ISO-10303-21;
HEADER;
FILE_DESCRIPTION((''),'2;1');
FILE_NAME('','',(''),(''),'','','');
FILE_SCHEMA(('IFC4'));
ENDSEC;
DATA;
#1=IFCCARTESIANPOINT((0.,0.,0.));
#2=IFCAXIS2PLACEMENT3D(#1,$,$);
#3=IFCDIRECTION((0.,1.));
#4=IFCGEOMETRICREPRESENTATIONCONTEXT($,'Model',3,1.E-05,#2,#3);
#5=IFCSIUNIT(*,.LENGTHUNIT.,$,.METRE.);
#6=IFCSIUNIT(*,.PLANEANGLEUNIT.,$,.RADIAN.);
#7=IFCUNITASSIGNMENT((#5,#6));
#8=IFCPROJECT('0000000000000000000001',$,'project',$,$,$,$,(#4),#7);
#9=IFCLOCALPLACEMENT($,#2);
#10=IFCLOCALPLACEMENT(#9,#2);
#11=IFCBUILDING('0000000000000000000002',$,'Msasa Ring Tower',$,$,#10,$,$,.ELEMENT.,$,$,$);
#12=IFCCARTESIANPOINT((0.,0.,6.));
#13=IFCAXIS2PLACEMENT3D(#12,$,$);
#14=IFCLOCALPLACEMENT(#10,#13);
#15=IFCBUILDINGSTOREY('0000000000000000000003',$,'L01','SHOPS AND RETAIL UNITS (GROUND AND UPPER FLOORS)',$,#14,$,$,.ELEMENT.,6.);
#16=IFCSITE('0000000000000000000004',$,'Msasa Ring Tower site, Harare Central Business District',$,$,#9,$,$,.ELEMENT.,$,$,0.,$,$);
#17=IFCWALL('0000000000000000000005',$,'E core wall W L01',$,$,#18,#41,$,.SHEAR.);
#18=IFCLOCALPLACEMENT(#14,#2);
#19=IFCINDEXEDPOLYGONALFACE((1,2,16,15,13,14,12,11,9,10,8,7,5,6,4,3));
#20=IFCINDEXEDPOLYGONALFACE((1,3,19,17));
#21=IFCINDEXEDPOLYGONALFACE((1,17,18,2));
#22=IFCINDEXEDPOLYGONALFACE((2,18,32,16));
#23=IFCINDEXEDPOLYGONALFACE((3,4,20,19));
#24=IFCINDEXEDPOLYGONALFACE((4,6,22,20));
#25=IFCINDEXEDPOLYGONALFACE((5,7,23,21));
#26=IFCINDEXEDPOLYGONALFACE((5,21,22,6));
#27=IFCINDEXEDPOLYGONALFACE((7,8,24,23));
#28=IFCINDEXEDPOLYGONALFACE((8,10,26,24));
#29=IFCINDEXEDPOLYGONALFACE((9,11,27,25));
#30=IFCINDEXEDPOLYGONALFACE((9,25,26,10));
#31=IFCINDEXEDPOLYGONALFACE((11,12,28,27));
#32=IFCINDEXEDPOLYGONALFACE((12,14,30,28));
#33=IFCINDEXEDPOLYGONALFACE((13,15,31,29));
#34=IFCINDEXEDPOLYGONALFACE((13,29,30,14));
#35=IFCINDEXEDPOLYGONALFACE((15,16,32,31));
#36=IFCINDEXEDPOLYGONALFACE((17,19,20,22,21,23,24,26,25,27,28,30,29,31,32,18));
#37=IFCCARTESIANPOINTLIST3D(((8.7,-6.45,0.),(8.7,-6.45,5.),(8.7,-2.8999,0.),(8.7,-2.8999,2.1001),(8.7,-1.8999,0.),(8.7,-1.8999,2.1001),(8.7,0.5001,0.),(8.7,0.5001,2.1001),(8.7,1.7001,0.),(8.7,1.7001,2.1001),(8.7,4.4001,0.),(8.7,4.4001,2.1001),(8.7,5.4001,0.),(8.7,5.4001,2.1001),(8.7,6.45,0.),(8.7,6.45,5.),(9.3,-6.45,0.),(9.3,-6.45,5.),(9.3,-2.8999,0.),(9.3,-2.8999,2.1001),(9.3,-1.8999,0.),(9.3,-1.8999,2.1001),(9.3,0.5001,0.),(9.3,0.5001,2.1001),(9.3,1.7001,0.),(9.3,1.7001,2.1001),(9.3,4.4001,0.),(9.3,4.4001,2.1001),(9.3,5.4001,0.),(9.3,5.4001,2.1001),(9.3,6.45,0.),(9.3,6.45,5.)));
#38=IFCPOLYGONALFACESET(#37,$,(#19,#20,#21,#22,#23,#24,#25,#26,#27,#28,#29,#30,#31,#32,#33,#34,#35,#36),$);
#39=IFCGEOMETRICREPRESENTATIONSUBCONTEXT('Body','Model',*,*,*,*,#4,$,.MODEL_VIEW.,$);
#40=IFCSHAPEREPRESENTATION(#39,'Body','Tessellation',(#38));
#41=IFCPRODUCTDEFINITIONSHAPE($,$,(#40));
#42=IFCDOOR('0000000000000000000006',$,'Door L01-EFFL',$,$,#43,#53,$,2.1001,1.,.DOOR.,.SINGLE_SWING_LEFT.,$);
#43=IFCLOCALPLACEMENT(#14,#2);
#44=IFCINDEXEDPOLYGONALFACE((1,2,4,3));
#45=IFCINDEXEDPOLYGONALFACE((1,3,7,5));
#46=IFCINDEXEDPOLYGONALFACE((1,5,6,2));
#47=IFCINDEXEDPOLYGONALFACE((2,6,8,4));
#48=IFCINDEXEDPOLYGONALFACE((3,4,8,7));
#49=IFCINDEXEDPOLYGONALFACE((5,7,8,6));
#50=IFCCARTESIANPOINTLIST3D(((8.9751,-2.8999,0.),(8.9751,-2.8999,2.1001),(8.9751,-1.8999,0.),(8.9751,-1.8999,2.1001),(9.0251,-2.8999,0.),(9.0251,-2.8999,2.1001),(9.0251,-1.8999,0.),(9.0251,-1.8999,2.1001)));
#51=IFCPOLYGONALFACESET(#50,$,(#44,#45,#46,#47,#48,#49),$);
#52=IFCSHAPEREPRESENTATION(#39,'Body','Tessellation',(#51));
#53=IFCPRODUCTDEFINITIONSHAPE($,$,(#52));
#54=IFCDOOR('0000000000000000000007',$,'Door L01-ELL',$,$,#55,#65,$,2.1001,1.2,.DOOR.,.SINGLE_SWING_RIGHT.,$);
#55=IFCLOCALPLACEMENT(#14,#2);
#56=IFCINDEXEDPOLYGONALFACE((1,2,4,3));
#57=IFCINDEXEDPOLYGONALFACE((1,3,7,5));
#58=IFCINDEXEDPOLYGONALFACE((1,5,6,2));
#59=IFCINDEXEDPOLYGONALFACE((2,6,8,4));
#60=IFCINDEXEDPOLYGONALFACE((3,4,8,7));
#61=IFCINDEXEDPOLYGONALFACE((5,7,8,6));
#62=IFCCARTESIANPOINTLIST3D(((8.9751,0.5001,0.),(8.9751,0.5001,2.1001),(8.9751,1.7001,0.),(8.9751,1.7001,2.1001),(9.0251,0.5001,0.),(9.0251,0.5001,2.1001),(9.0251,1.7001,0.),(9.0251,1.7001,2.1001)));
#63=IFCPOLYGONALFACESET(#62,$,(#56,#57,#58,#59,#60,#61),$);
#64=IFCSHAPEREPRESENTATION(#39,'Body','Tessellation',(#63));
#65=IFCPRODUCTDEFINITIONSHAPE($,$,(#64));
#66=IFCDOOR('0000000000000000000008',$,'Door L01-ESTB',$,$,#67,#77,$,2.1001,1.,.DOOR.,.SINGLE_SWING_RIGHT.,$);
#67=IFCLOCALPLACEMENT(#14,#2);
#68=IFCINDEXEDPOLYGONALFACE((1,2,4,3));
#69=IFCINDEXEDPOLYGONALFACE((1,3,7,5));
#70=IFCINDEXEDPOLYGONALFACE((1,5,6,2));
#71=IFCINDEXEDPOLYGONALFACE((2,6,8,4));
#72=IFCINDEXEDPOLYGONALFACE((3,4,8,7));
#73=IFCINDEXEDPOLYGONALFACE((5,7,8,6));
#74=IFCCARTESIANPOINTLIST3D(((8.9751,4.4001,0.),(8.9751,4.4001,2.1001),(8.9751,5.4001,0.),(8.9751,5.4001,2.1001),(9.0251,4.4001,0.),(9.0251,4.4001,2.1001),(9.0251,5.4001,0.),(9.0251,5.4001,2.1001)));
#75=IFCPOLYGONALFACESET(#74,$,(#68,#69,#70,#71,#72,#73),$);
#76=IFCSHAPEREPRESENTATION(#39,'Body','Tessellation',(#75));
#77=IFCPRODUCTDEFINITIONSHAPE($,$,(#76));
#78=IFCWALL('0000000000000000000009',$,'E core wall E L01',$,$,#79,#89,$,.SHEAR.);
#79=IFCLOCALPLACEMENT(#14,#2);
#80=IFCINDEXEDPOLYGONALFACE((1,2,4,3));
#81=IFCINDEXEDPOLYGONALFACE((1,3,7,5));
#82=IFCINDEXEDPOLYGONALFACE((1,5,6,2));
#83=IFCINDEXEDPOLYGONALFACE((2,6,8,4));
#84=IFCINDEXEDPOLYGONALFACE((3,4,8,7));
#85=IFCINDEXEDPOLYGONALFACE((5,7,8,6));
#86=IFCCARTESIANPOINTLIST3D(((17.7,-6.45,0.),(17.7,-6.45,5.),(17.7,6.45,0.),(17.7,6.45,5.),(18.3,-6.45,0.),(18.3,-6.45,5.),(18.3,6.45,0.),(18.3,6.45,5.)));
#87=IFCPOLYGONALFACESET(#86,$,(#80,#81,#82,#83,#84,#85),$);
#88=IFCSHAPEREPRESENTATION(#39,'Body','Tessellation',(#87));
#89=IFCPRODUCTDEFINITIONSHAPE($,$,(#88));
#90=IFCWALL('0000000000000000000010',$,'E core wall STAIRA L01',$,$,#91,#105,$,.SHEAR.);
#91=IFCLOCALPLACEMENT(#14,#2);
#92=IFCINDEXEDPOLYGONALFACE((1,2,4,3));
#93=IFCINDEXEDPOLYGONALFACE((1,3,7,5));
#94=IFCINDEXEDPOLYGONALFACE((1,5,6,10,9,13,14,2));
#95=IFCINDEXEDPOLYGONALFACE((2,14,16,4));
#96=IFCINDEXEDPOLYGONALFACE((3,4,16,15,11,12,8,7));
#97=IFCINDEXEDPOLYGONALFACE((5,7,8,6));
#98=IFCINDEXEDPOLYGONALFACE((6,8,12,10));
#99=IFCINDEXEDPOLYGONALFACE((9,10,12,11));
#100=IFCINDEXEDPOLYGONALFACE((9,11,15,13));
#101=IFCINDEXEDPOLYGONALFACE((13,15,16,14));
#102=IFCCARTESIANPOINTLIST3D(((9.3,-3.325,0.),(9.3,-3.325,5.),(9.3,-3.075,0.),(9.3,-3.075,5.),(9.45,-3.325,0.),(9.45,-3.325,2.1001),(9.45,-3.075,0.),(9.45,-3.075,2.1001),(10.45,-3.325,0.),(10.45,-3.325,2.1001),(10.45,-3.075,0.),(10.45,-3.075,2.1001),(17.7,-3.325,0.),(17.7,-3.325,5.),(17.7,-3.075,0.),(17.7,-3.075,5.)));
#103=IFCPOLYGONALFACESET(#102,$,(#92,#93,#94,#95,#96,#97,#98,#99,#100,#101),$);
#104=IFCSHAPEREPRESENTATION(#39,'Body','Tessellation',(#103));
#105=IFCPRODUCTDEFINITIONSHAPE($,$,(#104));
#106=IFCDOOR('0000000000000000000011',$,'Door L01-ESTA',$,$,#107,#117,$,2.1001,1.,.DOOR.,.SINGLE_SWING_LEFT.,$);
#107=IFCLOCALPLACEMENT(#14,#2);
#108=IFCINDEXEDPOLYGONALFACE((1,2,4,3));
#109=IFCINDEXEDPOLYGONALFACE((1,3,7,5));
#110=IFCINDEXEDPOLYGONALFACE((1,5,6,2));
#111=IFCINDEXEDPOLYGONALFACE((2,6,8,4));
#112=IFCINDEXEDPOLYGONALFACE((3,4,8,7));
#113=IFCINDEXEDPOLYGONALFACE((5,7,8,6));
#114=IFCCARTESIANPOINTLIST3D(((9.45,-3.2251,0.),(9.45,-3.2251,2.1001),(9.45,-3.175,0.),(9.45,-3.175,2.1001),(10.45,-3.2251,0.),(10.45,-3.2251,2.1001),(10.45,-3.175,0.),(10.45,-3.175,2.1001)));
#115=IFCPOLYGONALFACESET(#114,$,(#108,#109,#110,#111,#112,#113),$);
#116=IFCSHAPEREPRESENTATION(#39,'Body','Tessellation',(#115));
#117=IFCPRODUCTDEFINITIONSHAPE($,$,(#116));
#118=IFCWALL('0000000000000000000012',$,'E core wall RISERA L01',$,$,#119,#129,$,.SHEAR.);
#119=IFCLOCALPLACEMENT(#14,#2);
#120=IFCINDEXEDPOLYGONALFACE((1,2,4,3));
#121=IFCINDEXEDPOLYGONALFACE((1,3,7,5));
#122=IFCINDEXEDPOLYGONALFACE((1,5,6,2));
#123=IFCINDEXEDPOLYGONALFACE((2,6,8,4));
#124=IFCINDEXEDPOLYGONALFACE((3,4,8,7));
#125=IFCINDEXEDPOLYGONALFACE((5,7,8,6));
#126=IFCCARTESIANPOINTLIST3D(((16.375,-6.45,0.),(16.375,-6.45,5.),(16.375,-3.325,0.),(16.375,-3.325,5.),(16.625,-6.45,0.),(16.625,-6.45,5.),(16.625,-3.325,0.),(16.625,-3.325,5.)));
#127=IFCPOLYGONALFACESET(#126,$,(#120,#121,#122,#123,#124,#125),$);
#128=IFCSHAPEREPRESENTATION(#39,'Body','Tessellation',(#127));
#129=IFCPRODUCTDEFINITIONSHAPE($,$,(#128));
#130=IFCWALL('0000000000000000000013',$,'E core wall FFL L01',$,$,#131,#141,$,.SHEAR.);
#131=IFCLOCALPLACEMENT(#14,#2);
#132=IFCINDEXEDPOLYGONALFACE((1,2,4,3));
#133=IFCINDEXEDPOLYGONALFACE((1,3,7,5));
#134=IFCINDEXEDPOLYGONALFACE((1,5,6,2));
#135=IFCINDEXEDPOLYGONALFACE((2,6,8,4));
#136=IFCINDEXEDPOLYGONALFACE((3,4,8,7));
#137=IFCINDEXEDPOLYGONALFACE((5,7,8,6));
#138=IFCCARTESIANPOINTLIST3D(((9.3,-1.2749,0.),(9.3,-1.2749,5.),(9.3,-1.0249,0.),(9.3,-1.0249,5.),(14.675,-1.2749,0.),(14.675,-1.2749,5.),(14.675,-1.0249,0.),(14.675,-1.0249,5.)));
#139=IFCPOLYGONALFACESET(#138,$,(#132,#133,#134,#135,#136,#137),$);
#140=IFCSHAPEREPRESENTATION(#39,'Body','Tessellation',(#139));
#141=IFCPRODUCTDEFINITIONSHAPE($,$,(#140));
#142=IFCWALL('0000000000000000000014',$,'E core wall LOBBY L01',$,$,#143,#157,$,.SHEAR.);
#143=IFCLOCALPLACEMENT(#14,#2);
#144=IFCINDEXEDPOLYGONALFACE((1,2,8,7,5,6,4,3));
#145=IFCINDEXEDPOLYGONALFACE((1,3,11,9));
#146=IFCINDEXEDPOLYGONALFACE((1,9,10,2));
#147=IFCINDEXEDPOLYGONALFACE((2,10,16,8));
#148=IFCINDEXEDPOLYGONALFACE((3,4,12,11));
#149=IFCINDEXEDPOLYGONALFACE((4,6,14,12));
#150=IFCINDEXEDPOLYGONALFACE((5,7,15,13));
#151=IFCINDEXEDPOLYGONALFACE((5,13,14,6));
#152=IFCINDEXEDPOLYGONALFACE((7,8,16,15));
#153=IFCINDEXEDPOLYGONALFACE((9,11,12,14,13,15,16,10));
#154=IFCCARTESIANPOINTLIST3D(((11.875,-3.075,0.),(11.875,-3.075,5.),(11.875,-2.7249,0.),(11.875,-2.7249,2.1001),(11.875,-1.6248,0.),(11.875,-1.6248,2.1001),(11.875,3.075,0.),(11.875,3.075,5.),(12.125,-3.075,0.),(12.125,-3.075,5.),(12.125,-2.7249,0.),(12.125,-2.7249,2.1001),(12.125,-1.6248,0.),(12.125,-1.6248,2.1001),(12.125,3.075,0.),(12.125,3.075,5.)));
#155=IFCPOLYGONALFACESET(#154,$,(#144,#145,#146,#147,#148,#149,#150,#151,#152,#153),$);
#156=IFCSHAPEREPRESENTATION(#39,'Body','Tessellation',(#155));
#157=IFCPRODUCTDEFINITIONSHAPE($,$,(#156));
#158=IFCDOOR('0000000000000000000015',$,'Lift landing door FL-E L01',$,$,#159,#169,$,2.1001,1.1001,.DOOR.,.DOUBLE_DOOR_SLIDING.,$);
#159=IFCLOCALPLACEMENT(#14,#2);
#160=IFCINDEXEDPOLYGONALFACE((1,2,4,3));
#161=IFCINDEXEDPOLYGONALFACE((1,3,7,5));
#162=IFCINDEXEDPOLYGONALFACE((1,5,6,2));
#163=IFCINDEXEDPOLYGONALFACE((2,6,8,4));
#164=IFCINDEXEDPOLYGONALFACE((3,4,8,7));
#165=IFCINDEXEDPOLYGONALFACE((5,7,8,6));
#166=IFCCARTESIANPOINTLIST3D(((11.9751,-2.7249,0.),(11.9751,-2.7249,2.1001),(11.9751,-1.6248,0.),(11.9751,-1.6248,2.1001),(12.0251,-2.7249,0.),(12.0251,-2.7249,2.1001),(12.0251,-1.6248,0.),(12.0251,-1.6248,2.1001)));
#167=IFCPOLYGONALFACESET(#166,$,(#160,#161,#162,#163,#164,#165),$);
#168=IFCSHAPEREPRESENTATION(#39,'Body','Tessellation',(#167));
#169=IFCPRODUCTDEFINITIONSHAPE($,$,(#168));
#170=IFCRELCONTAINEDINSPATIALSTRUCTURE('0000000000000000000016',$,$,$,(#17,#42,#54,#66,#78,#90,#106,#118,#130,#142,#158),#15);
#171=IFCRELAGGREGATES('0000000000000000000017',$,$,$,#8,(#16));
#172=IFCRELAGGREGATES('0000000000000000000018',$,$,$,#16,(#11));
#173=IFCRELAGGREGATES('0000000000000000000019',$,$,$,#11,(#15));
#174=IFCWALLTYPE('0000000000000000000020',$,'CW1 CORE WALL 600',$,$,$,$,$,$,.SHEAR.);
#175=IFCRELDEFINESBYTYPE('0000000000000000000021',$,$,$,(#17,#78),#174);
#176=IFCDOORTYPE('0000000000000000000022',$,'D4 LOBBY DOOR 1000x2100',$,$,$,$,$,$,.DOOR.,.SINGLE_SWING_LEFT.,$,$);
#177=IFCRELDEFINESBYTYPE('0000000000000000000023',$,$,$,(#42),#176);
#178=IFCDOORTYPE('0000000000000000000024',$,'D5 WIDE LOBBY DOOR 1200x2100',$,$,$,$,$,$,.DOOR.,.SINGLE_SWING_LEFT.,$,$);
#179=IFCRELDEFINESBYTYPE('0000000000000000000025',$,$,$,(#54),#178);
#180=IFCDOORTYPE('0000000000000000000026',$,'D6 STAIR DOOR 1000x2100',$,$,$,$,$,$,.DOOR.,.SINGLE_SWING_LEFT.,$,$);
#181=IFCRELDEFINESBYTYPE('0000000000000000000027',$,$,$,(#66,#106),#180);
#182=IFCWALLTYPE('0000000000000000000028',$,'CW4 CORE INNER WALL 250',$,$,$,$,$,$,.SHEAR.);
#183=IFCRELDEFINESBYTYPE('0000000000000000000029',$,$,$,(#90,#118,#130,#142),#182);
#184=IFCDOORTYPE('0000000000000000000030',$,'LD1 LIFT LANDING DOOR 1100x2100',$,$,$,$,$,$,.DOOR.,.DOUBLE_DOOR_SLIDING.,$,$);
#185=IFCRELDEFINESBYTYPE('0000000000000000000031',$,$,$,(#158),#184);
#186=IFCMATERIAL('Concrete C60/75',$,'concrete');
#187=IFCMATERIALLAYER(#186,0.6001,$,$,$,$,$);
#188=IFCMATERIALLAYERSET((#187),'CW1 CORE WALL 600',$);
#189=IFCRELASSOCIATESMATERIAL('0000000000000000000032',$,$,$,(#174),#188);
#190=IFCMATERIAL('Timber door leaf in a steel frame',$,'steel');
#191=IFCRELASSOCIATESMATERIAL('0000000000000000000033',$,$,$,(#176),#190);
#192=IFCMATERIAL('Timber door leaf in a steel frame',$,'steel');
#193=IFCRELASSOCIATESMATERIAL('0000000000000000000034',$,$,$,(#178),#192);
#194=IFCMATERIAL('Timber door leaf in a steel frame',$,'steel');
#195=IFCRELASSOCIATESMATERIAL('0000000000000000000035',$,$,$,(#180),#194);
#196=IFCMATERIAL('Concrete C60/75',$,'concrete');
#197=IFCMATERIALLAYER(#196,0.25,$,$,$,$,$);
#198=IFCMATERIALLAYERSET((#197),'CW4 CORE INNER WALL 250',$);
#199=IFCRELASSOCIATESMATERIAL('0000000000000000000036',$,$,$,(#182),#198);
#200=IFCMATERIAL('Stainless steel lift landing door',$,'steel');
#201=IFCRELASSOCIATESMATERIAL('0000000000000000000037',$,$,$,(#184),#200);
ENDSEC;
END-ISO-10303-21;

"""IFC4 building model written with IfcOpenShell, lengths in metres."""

from ifc_helpers import new_model, si_unit, direction, frame, frame_2d, origin, place, context, subcontext, project, spatial, rectangle, extrude, material, layer, layer_set, type_object, element, fill, save


model = new_model("IFC4")

# Units and contexts
model_context = context("Model", 3, precision=1e-05, world=origin(), true_north=direction((0.0, 1.0)))
body_context = subcontext(model_context, "Body", "Model", "MODEL_VIEW")
ifc_project = project(units=[si_unit("LENGTHUNIT", "METRE"), si_unit("PLANEANGLEUNIT", "RADIAN")], contexts=[model_context])

# Site, building, storey
site_placement = place(None, origin())
site = spatial("IfcSite", under=ifc_project, at=site_placement, Name="Msasa Ring Tower site, Harare Central Business District", CompositionType="ELEMENT", RefElevation=0.0)
building_placement = place(site_placement, origin())
building = spatial("IfcBuilding", under=site, at=building_placement, Name="Msasa Ring Tower", CompositionType="ELEMENT")
storey_placement = place(building_placement, frame((0.0, 0.0, 6.0)))
storey = spatial("IfcBuildingStorey", under=building, at=storey_placement, Name="L01", Description="SHOPS AND RETAIL UNITS (GROUND AND UPPER FLOORS)", CompositionType="ELEMENT", Elevation=6.0)

# Shared definitions
ifc_material_1 = material(Name="Concrete C60/75", Category="concrete")
ifc_layer_1 = layer(ifc_material_1, 0.6001)
ifc_layer_set_1 = layer_set([ifc_layer_1], Name="CW1 CORE WALL 600")
wall_type_1 = type_object("IfcWallType", Name="CW1 CORE WALL 600", PredefinedType="SHEAR", material=ifc_layer_set_1)

# Wall, openings, doors
wall_1_placement = place(storey_placement, frame((9.0, -6.45, 0.0), z_axis=(0.0, 0.0, 1.0), x_axis=(0.0, 1.0, 0.0)))
wall_1 = element("IfcWall", 1, at=wall_1_placement, inside=storey, type_object=wall_type_1, Name="E core wall W L01", PredefinedType="SHEAR", context=body_context, shape_type="SweptSolid", body=[
    extrude(rectangle(XDim=12.8999, YDim=0.6001, at=frame_2d((6.45, 0.0))), origin(), (0.0, 0.0, 1.0), 5.0),
])
opening_1_placement = place(wall_1_placement, frame((3.55, 0.0, 0.0)))
opening_1 = element("IfcOpeningElement", 2, at=opening_1_placement, cuts=wall_1, PredefinedType="OPENING", context=body_context, shape_type="SweptSolid", body=[
    extrude(rectangle(XDim=1.0, YDim=2.1001, at=frame_2d((0.5, 1.05))), frame((0.0, 0.3101, 0.0), z_axis=(0.0, -1.0, 0.0), x_axis=(1.0, 0.0, 0.0)), (0.0, 0.0, 1.0), 0.6201),
])
opening_2_placement = place(wall_1_placement, frame((6.95, 0.0, 0.0)))
opening_2 = element("IfcOpeningElement", 3, at=opening_2_placement, cuts=wall_1, PredefinedType="OPENING", context=body_context, shape_type="SweptSolid", body=[
    extrude(rectangle(XDim=1.2, YDim=2.1001, at=frame_2d((0.6001, 1.05))), frame((0.0, 0.3101, 0.0), z_axis=(0.0, -1.0, 0.0), x_axis=(1.0, 0.0, 0.0)), (0.0, 0.0, 1.0), 0.6201),
])
opening_3_placement = place(wall_1_placement, frame((10.8501, 0.0, 0.0)))
opening_3 = element("IfcOpeningElement", 4, at=opening_3_placement, cuts=wall_1, PredefinedType="OPENING", context=body_context, shape_type="SweptSolid", body=[
    extrude(rectangle(XDim=1.0, YDim=2.1001, at=frame_2d((0.5, 1.05))), frame((0.0, 0.3101, 0.0), z_axis=(0.0, -1.0, 0.0), x_axis=(1.0, 0.0, 0.0)), (0.0, 0.0, 1.0), 0.6201),
])
ifc_material_2 = material(Name="Timber door leaf in a steel frame", Category="steel")
door_type_1 = type_object("IfcDoorType", Name="D4 LOBBY DOOR 1000x2100", OperationType="SINGLE_SWING_LEFT", PredefinedType="DOOR", material=ifc_material_2)
door_1_placement = place(opening_1_placement, origin())
door_1 = element("IfcDoor", 5, at=door_1_placement, inside=storey, type_object=door_type_1, Name="Door L01-EFFL", OperationType="SINGLE_SWING_LEFT", OverallHeight=2.1001, OverallWidth=1.0, PredefinedType="DOOR", context=body_context, shape_type="SweptSolid", body=[
    extrude(rectangle(XDim=1.0, YDim=2.1001, at=frame_2d((0.5, 1.05))), frame((0.0, 0.0249, 0.0), z_axis=(0.0, -1.0, 0.0), x_axis=(1.0, 0.0, 0.0)), (0.0, 0.0, 1.0), 0.05),
])
fill(opening_1, door_1)
ifc_material_3 = material(Name="Timber door leaf in a steel frame", Category="steel")
door_type_2 = type_object("IfcDoorType", Name="D5 WIDE LOBBY DOOR 1200x2100", OperationType="SINGLE_SWING_LEFT", PredefinedType="DOOR", material=ifc_material_3)
door_2_placement = place(opening_2_placement, origin())
door_2 = element("IfcDoor", 6, at=door_2_placement, inside=storey, type_object=door_type_2, Name="Door L01-ELL", OperationType="SINGLE_SWING_RIGHT", OverallHeight=2.1001, OverallWidth=1.2, PredefinedType="DOOR", context=body_context, shape_type="SweptSolid", body=[
    extrude(rectangle(XDim=1.2, YDim=2.1001, at=frame_2d((0.6001, 1.05))), frame((0.0, 0.0249, 0.0), z_axis=(0.0, -1.0, 0.0), x_axis=(1.0, 0.0, 0.0)), (0.0, 0.0, 1.0), 0.05),
])
fill(opening_2, door_2)
ifc_material_4 = material(Name="Timber door leaf in a steel frame", Category="steel")
door_type_3 = type_object("IfcDoorType", Name="D6 STAIR DOOR 1000x2100", OperationType="SINGLE_SWING_LEFT", PredefinedType="DOOR", material=ifc_material_4)
door_3_placement = place(opening_3_placement, origin())
door_3 = element("IfcDoor", 7, at=door_3_placement, inside=storey, type_object=door_type_3, Name="Door L01-ESTB", OperationType="SINGLE_SWING_RIGHT", OverallHeight=2.1001, OverallWidth=1.0, PredefinedType="DOOR", context=body_context, shape_type="SweptSolid", body=[
    extrude(rectangle(XDim=1.0, YDim=2.1001, at=frame_2d((0.5, 1.05))), frame((0.0, 0.0249, 0.0), z_axis=(0.0, -1.0, 0.0), x_axis=(1.0, 0.0, 0.0)), (0.0, 0.0, 1.0), 0.05),
])
fill(opening_3, door_3)

# Wall
wall_2_placement = place(storey_placement, frame((18.0, -6.45, 0.0), z_axis=(0.0, 0.0, 1.0), x_axis=(0.0, 1.0, 0.0)))
element("IfcWall", 8, at=wall_2_placement, inside=storey, type_object=wall_type_1, Name="E core wall E L01", PredefinedType="SHEAR", context=body_context, shape_type="SweptSolid", body=[
    extrude(rectangle(XDim=12.8999, YDim=0.6001, at=frame_2d((6.45, 0.0))), origin(), (0.0, 0.0, 1.0), 5.0),
])

# Wall, opening, door
ifc_material_5 = material(Name="Concrete C60/75", Category="concrete")
ifc_layer_2 = layer(ifc_material_5, 0.25)
ifc_layer_set_2 = layer_set([ifc_layer_2], Name="CW4 CORE INNER WALL 250")
wall_type_2 = type_object("IfcWallType", Name="CW4 CORE INNER WALL 250", PredefinedType="SHEAR", material=ifc_layer_set_2)
wall_3_placement = place(storey_placement, frame((9.3, -3.2, 0.0), z_axis=(0.0, 0.0, 1.0), x_axis=(1.0, 0.0, 0.0)))
wall_3 = element("IfcWall", 9, at=wall_3_placement, inside=storey, type_object=wall_type_2, Name="E core wall STAIRA L01", PredefinedType="SHEAR", context=body_context, shape_type="SweptSolid", body=[
    extrude(rectangle(XDim=8.3999, YDim=0.25, at=frame_2d((4.2, 0.0))), origin(), (0.0, 0.0, 1.0), 5.0),
])
opening_4_placement = place(wall_3_placement, frame((0.1499, 0.0, 0.0)))
opening_4 = element("IfcOpeningElement", 10, at=opening_4_placement, cuts=wall_3, PredefinedType="OPENING", context=body_context, shape_type="SweptSolid", body=[
    extrude(rectangle(XDim=1.0, YDim=2.1001, at=frame_2d((0.5, 1.05))), frame((0.0, 0.135, 0.0), z_axis=(0.0, -1.0, 0.0), x_axis=(1.0, 0.0, 0.0)), (0.0, 0.0, 1.0), 0.27),
])
door_4_placement = place(opening_4_placement, origin())
door_4 = element("IfcDoor", 11, at=door_4_placement, inside=storey, type_object=door_type_3, Name="Door L01-ESTA", OperationType="SINGLE_SWING_LEFT", OverallHeight=2.1001, OverallWidth=1.0, PredefinedType="DOOR", context=body_context, shape_type="SweptSolid", body=[
    extrude(rectangle(XDim=1.0, YDim=2.1001, at=frame_2d((0.5, 1.05))), frame((0.0, 0.0249, 0.0), z_axis=(0.0, -1.0, 0.0), x_axis=(1.0, 0.0, 0.0)), (0.0, 0.0, 1.0), 0.05),
])
fill(opening_4, door_4)

# Walls
wall_4_placement = place(storey_placement, frame((16.5, -6.45, 0.0), z_axis=(0.0, 0.0, 1.0), x_axis=(0.0, 1.0, 0.0)))
element("IfcWall", 12, at=wall_4_placement, inside=storey, type_object=wall_type_2, Name="E core wall RISERA L01", PredefinedType="SHEAR", context=body_context, shape_type="SweptSolid", body=[
    extrude(rectangle(XDim=3.125, YDim=0.25, at=frame_2d((1.5625, 0.0))), origin(), (0.0, 0.0, 1.0), 5.0),
])
wall_5_placement = place(storey_placement, frame((9.3, -1.1499, 0.0), z_axis=(0.0, 0.0, 1.0), x_axis=(1.0, 0.0, 0.0)))
element("IfcWall", 13, at=wall_5_placement, inside=storey, type_object=wall_type_2, Name="E core wall FFL L01", PredefinedType="SHEAR", context=body_context, shape_type="SweptSolid", body=[
    extrude(rectangle(XDim=5.375, YDim=0.25, at=frame_2d((2.6875, 0.0))), origin(), (0.0, 0.0, 1.0), 5.0),
])

# Wall, opening, door
wall_6_placement = place(storey_placement, frame((12.0, -3.075, 0.0), z_axis=(0.0, 0.0, 1.0), x_axis=(0.0, 1.0, 0.0)))
wall_6 = element("IfcWall", 14, at=wall_6_placement, inside=storey, type_object=wall_type_2, Name="E core wall LOBBY L01", PredefinedType="SHEAR", context=body_context, shape_type="SweptSolid", body=[
    extrude(rectangle(XDim=6.1499, YDim=0.25, at=frame_2d((3.075, 0.0))), origin(), (0.0, 0.0, 1.0), 5.0),
])
opening_5_placement = place(wall_6_placement, frame((0.3501, 0.0, 0.0)))
opening_5 = element("IfcOpeningElement", 15, at=opening_5_placement, cuts=wall_6, PredefinedType="OPENING", context=body_context, shape_type="SweptSolid", body=[
    extrude(rectangle(XDim=1.1001, YDim=2.1001, at=frame_2d((0.55, 1.05))), frame((0.0, 0.135, 0.0), z_axis=(0.0, -1.0, 0.0), x_axis=(1.0, 0.0, 0.0)), (0.0, 0.0, 1.0), 0.27),
])
ifc_material_6 = material(Name="Stainless steel lift landing door", Category="steel")
door_type_4 = type_object("IfcDoorType", Name="LD1 LIFT LANDING DOOR 1100x2100", OperationType="DOUBLE_DOOR_SLIDING", PredefinedType="DOOR", material=ifc_material_6)
door_5_placement = place(opening_5_placement, origin())
door_5 = element("IfcDoor", 16, at=door_5_placement, inside=storey, type_object=door_type_4, Name="Lift landing door FL-E L01", OperationType="DOUBLE_DOOR_SLIDING", OverallHeight=2.1001, OverallWidth=1.1001, PredefinedType="DOOR", context=body_context, shape_type="SweptSolid", body=[
    extrude(rectangle(XDim=1.1001, YDim=2.1001, at=frame_2d((0.55, 1.05))), frame((0.0, 0.0249, 0.0), z_axis=(0.0, -1.0, 0.0), x_axis=(1.0, 0.0, 0.0)), (0.0, 0.0, 1.0), 0.05),
])
fill(opening_5, door_5)

save(model, "model.ifc")
